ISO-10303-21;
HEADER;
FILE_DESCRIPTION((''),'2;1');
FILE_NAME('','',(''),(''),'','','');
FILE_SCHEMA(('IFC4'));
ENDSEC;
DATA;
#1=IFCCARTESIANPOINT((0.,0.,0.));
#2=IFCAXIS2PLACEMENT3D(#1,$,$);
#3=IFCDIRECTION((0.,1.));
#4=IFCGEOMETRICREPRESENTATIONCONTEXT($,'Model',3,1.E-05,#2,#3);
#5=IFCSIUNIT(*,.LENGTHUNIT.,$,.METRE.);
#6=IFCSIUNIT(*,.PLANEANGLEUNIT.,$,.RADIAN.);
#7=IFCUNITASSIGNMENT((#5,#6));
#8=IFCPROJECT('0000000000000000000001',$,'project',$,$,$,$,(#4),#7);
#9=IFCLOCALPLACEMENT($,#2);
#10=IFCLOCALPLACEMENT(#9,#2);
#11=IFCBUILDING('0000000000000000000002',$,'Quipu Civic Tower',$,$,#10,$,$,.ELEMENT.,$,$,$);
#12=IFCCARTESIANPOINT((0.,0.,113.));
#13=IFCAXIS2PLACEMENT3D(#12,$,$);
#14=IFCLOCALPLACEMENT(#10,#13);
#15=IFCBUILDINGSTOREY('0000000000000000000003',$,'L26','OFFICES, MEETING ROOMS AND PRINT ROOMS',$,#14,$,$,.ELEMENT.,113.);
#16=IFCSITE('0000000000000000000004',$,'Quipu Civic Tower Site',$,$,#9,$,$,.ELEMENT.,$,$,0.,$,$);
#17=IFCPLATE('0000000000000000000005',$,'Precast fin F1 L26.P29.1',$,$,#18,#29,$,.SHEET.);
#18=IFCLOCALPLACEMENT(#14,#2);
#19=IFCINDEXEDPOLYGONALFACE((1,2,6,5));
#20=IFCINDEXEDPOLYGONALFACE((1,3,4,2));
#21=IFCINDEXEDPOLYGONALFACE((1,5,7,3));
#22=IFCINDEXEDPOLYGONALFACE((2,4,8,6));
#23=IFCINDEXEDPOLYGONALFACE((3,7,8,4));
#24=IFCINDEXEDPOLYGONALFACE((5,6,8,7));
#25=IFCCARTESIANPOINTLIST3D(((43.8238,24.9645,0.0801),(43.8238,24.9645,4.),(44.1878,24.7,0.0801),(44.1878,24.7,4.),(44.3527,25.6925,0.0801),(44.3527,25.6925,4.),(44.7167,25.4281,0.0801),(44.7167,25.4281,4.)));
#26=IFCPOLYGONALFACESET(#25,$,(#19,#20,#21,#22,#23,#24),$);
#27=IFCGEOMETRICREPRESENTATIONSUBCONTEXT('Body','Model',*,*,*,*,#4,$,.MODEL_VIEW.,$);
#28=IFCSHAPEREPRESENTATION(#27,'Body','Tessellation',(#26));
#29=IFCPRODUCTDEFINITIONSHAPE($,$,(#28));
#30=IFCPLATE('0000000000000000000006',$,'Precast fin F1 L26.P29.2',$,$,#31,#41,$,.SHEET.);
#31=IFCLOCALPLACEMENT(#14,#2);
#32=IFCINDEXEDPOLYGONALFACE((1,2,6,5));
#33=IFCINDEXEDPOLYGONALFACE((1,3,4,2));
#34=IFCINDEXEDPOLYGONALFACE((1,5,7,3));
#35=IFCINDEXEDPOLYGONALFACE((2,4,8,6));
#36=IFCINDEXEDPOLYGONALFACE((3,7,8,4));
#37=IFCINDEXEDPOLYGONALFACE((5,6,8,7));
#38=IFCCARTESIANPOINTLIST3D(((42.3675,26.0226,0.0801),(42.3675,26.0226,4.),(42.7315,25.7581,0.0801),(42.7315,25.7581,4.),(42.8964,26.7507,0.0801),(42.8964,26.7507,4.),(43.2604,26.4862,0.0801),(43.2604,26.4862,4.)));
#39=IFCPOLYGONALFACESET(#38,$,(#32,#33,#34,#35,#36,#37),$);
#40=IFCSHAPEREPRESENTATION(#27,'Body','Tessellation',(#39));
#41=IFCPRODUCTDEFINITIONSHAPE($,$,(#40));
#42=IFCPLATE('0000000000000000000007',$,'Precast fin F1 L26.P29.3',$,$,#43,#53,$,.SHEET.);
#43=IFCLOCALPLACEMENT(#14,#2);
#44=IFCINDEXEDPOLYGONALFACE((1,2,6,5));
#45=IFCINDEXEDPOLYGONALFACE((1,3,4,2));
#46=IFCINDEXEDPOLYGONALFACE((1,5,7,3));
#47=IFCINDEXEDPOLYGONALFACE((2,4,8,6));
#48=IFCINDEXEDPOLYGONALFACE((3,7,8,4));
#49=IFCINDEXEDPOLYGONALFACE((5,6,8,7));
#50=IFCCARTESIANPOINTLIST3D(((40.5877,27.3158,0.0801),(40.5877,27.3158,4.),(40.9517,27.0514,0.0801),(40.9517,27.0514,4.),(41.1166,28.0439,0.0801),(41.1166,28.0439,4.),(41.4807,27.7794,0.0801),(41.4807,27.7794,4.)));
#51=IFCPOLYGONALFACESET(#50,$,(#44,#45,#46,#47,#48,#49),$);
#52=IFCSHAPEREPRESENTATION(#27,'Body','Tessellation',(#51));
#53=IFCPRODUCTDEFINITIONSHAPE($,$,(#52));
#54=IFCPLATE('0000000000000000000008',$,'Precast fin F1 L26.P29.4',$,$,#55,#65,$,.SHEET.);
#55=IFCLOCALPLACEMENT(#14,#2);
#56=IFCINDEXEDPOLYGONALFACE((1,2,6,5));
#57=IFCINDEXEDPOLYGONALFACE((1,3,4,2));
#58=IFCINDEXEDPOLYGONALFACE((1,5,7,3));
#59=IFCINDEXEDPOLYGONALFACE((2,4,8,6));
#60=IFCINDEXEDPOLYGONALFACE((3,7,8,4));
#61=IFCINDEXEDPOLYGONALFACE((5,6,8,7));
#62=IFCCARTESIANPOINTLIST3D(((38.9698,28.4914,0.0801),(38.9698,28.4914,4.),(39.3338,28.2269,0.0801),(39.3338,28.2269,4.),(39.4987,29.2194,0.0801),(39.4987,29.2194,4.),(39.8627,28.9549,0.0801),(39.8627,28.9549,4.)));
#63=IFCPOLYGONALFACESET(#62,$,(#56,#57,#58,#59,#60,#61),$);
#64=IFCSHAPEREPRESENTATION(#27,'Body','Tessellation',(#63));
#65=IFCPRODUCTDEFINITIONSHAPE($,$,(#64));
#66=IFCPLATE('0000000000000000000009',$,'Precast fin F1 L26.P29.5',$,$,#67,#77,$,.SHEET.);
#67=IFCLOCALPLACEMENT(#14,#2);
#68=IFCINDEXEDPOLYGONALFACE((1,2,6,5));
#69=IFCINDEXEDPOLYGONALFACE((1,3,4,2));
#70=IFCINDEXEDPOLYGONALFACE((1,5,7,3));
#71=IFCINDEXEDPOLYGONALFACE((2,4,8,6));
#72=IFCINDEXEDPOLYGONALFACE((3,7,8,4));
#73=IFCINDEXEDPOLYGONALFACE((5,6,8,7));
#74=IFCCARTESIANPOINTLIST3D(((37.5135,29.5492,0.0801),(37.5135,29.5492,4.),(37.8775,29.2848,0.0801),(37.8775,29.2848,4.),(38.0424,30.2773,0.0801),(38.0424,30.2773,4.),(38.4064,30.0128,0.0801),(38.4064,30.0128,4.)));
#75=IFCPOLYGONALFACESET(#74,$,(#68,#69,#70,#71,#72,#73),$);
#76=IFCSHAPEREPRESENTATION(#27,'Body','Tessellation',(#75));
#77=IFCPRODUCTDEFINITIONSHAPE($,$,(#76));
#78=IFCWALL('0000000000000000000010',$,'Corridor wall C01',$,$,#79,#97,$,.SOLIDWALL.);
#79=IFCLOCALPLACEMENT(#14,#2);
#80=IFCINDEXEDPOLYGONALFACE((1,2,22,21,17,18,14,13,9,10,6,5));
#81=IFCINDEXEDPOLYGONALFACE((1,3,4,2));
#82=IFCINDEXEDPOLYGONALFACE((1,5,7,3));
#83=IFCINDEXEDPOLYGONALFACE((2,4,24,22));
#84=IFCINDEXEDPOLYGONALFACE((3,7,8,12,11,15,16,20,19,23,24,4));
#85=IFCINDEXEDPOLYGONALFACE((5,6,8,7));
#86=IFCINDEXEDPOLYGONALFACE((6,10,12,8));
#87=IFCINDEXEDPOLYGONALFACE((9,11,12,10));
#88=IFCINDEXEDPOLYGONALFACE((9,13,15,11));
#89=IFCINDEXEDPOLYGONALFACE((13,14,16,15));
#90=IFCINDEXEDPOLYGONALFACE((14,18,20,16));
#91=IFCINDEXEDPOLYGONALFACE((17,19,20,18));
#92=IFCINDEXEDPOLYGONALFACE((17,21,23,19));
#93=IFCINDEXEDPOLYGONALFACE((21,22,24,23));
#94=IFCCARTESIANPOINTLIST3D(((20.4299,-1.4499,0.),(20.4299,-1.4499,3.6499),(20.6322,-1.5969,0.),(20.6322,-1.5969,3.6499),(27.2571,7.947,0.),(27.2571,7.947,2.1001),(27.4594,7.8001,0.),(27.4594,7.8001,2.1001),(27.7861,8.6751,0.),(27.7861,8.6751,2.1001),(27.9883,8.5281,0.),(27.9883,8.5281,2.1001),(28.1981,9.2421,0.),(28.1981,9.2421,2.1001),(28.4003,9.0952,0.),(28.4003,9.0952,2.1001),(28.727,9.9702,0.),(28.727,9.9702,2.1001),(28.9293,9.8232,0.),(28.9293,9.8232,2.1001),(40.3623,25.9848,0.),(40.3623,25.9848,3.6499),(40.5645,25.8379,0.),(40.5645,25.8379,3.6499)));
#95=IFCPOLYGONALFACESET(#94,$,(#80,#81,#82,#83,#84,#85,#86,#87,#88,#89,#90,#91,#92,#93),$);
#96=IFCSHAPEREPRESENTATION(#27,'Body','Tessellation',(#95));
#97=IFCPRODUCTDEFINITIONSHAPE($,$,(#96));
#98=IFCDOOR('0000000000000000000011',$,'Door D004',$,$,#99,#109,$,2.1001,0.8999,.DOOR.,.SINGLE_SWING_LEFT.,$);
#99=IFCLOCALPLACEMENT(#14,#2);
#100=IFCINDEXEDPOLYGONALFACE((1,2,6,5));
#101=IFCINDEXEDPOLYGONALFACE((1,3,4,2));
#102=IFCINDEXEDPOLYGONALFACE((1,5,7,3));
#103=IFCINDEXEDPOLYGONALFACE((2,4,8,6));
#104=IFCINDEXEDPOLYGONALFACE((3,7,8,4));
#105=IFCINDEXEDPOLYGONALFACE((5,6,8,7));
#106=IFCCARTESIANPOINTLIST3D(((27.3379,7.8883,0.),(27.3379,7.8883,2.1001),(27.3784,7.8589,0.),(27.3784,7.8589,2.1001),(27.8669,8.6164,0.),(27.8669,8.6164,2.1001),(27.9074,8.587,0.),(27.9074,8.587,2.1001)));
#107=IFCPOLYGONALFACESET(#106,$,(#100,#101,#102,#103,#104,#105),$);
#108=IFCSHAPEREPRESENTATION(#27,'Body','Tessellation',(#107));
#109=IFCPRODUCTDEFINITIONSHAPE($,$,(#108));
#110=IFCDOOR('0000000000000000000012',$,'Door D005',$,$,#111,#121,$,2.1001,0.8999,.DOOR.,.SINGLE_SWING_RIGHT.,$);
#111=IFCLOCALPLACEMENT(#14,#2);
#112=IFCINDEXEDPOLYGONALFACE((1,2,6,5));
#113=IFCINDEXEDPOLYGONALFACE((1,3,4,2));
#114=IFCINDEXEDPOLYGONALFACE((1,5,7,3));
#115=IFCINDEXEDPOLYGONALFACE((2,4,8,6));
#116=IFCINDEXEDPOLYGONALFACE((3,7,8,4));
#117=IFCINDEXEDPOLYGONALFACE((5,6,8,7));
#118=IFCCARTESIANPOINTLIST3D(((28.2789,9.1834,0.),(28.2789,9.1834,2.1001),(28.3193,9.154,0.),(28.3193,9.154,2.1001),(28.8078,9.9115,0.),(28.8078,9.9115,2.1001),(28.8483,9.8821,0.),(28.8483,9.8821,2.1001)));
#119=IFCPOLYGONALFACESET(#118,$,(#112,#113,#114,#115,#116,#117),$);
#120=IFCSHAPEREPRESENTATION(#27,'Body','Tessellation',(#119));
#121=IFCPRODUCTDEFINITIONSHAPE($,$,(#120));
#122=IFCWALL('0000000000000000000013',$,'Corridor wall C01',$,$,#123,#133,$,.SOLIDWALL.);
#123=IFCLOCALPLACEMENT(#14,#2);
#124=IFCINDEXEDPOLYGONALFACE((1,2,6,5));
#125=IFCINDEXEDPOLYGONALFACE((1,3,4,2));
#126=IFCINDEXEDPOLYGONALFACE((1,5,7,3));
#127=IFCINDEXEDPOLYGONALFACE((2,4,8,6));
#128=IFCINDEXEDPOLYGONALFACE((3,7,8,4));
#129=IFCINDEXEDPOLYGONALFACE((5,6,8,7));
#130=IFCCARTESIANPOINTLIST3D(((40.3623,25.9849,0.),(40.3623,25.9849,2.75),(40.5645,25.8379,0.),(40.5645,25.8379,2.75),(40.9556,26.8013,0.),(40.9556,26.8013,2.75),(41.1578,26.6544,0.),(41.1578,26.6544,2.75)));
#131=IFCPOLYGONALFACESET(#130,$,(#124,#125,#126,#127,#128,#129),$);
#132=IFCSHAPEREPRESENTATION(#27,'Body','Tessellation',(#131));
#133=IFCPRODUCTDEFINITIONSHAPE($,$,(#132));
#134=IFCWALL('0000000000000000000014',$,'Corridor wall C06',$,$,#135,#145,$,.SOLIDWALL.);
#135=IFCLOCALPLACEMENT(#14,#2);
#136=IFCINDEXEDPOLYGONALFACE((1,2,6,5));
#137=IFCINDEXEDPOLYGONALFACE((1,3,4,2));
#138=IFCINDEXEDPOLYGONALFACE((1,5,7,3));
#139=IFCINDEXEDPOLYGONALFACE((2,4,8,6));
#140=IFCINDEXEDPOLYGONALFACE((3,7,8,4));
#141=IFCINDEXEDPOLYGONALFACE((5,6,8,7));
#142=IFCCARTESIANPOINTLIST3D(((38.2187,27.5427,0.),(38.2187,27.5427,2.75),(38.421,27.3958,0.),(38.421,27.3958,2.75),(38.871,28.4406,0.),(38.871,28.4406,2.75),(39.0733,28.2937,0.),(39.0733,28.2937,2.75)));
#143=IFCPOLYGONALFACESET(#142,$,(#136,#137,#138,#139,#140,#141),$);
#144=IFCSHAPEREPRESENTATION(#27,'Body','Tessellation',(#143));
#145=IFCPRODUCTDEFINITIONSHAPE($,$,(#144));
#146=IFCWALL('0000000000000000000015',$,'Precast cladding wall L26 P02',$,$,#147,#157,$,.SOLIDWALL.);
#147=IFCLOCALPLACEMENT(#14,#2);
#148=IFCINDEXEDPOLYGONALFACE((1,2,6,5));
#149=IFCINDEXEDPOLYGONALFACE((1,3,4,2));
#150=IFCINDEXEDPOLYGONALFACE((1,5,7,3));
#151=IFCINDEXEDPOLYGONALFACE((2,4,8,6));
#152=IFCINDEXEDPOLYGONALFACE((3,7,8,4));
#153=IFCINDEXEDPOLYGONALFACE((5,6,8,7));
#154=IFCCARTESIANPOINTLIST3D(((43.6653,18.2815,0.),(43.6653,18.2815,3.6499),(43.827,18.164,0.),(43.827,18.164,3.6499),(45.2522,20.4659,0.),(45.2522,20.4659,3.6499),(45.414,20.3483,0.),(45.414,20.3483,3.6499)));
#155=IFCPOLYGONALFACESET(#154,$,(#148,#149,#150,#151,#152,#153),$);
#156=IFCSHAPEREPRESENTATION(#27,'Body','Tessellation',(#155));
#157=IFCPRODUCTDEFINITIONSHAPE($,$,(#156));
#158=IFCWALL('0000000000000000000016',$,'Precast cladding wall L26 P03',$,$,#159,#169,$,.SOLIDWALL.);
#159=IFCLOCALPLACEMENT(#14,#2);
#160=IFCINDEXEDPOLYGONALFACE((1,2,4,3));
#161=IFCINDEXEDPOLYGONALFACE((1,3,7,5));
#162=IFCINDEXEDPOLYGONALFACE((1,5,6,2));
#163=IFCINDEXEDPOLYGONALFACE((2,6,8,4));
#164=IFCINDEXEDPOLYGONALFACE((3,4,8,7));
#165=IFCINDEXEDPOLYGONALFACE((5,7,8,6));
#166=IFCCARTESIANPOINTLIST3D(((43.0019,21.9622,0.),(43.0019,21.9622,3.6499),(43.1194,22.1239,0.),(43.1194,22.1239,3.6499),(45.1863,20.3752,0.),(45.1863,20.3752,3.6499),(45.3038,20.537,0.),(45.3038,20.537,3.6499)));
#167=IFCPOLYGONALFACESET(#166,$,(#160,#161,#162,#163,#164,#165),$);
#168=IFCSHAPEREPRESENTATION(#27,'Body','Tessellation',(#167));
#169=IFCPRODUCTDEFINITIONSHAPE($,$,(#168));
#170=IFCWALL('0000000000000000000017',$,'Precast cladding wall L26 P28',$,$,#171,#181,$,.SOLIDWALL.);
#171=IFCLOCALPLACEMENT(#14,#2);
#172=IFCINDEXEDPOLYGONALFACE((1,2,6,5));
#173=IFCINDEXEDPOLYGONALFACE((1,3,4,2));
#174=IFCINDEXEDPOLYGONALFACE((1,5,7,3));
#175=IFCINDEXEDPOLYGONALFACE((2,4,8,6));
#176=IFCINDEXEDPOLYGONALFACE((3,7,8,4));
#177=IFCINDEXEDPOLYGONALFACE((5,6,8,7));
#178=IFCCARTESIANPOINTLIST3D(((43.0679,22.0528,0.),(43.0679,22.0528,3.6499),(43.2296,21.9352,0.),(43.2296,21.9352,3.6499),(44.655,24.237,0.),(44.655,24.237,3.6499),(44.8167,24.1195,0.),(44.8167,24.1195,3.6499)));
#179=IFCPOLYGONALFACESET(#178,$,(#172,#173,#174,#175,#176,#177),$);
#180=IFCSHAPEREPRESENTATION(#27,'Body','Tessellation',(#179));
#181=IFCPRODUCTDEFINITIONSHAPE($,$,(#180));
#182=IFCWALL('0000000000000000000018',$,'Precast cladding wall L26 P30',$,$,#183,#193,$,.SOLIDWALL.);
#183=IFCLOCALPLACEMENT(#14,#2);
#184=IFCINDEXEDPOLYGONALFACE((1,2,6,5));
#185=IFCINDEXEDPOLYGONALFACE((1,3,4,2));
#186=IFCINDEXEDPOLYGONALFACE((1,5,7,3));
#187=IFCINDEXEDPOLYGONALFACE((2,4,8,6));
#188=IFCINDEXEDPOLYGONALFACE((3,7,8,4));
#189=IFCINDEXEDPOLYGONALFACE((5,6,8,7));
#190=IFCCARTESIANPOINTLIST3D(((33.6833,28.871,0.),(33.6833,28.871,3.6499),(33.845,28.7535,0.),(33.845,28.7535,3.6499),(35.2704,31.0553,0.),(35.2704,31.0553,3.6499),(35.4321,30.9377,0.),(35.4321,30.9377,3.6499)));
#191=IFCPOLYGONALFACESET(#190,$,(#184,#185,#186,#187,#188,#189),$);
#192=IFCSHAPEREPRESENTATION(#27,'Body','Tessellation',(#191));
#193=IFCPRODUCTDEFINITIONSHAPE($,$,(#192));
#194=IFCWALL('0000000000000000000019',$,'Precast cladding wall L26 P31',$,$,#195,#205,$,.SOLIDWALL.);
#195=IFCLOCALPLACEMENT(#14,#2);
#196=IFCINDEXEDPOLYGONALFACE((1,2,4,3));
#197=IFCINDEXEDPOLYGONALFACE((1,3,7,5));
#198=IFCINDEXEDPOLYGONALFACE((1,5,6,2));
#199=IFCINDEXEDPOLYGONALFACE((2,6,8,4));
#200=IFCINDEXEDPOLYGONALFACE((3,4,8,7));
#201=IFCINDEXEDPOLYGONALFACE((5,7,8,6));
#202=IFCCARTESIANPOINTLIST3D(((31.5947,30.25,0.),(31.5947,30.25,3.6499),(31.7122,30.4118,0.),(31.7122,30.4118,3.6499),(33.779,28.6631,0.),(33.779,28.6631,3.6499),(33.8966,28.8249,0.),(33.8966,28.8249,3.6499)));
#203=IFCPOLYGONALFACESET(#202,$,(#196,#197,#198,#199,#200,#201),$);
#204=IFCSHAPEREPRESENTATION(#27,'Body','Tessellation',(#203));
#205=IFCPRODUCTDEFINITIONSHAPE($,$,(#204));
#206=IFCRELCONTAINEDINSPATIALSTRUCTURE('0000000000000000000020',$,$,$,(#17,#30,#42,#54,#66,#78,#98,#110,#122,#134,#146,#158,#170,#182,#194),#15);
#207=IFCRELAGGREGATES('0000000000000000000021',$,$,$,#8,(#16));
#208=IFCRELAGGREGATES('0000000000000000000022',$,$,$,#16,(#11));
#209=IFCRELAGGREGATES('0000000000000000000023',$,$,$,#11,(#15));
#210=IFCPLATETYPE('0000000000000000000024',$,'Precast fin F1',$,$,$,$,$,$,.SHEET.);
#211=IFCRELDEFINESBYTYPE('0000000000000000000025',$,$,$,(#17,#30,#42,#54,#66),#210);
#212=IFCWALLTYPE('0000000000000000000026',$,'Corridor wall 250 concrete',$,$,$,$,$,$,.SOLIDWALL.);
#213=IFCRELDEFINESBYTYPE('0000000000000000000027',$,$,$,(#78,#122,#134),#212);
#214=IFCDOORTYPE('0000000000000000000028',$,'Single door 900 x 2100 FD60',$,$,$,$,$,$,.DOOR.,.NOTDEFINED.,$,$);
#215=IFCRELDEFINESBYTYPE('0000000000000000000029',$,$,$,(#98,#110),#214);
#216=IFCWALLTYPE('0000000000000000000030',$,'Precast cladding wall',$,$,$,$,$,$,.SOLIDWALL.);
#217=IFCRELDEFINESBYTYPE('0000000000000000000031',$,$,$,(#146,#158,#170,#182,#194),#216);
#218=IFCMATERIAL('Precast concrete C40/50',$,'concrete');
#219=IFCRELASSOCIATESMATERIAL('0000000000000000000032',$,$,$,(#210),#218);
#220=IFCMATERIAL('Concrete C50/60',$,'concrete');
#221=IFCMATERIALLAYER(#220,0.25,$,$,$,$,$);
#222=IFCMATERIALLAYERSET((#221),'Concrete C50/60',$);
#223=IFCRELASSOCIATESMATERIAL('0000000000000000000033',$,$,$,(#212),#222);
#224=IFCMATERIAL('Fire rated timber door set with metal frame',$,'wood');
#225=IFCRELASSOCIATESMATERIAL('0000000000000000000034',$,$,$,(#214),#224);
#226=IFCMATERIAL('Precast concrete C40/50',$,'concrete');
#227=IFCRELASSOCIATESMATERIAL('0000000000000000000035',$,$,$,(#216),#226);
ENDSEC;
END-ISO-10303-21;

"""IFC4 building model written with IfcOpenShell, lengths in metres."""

from ifc_helpers import new_model, si_unit, direction, frame, frame_2d, origin, origin_2d, place, context, subcontext, project, spatial, rectangle, extrude, material, layer, layer_set, type_object, element, fill, save


model = new_model("IFC4")

# Units and contexts
model_context = context("Model", 3, precision=1e-05, world=origin(), true_north=direction((0.0, 1.0)))
body_context = subcontext(model_context, "Body", "Model", "MODEL_VIEW")
ifc_project = project(units=[si_unit("LENGTHUNIT", "METRE"), si_unit("PLANEANGLEUNIT", "RADIAN")], contexts=[model_context])

# Site, building, storey
site_placement = place(None, origin())
site = spatial("IfcSite", under=ifc_project, at=site_placement, Name="Quipu Civic Tower Site", CompositionType="ELEMENT", RefElevation=0.0)
building_placement = place(site_placement, origin())
building = spatial("IfcBuilding", under=site, at=building_placement, Name="Quipu Civic Tower", CompositionType="ELEMENT")
storey_placement = place(building_placement, frame((0.0, 0.0, 113.0)))
storey = spatial("IfcBuildingStorey", under=building, at=storey_placement, Name="L26", Description="OFFICES, MEETING ROOMS AND PRINT ROOMS", CompositionType="ELEMENT", Elevation=113.0)

# Plates
ifc_material_1 = material(Name="Precast concrete C40/50", Category="concrete")
plate_type_1 = type_object("IfcPlateType", Name="Precast fin F1", PredefinedType="SHEET", material=ifc_material_1)
for number, where, z_axis, x_axis, name in (
    (1, (44.2703, 25.1963, 0.0801), (0.0, 0.0, 1.0), (-0.809017, 0.587785, 0.0), "Precast fin F1 L26.P29.1"),
    (2, (42.814, 26.2544, 0.0801), (0.0, 0.0, 1.0), (-0.809017, 0.587785, 0.0), "Precast fin F1 L26.P29.2"),
    (3, (41.0342, 27.5476, 0.0801), (0.0, 0.0, 1.0), (-0.809017, 0.587785, 0.0), "Precast fin F1 L26.P29.3"),
    (4, (39.4163, 28.7231, 0.0801), (0.0, 0.0, 1.0), (-0.809017, 0.587785, 0.0), "Precast fin F1 L26.P29.4"),
    (5, (37.96, 29.781, 0.0801), (0.0, 0.0, 1.0), (-0.809017, 0.587785, 0.0), "Precast fin F1 L26.P29.5"),
):
    element("IfcPlate", number, at=place(storey_placement, frame(where, z_axis=z_axis, x_axis=x_axis)), inside=storey, type_object=plate_type_1, Name=name, PredefinedType="SHEET", context=body_context, shape_type="SweptSolid", body=[
        extrude(rectangle(XDim=0.45, YDim=0.8999, at=origin_2d()), origin(), (0.0, 0.0, 1.0), 3.9199),
    ])

# Wall, openings, doors
ifc_material_2 = material(Name="Concrete C50/60", Category="concrete")
ifc_layer_1 = layer(ifc_material_2, 0.25)
ifc_layer_set_1 = layer_set([ifc_layer_1], Name="Concrete C50/60")
wall_type_1 = type_object("IfcWallType", Name="Corridor wall 250 concrete", PredefinedType="SOLIDWALL", material=ifc_layer_set_1)
wall_1_placement = place(storey_placement, frame((40.4634, 25.9114, 0.0), z_axis=(0.0, 0.0, 1.0), x_axis=(-0.587782, -0.80902, 0.0)))
wall_1 = element("IfcWall", 6, at=wall_1_placement, inside=storey, type_object=wall_type_1, Name="Corridor wall C01", PredefinedType="SOLIDWALL", context=body_context, shape_type="SweptSolid", body=[
    extrude(rectangle(XDim=33.9111, YDim=0.25, at=frame_2d((16.9556, 0.0))), origin(), (0.0, 0.0, 1.0), 3.6499),
])
opening_1_placement = place(wall_1_placement, frame((21.396, 0.0, 0.0)))
opening_1 = element("IfcOpeningElement", 7, at=opening_1_placement, cuts=wall_1, PredefinedType="OPENING", context=body_context, shape_type="SweptSolid", body=[
    extrude(rectangle(XDim=0.8999, YDim=2.1001, at=frame_2d((0.45, 1.05))), frame((0.0, 0.135, 0.0), z_axis=(0.0, -1.0, 0.0), x_axis=(1.0, 0.0, 0.0)), (0.0, 0.0, 1.0), 0.27),
])
opening_2_placement = place(wall_1_placement, frame((19.7952, 0.0, 0.0)))
opening_2 = element("IfcOpeningElement", 8, at=opening_2_placement, cuts=wall_1, PredefinedType="OPENING", context=body_context, shape_type="SweptSolid", body=[
    extrude(rectangle(XDim=0.8999, YDim=2.1001, at=frame_2d((0.45, 1.05))), frame((0.0, 0.135, 0.0), z_axis=(0.0, -1.0, 0.0), x_axis=(1.0, 0.0, 0.0)), (0.0, 0.0, 1.0), 0.27),
])
ifc_material_3 = material(Name="Fire rated timber door set with metal frame", Category="wood")
door_type = type_object("IfcDoorType", Name="Single door 900 x 2100 FD60", OperationType="NOTDEFINED", PredefinedType="DOOR", material=ifc_material_3)
door_1_placement = place(opening_1_placement, origin())
door_1 = element("IfcDoor", 9, at=door_1_placement, inside=storey, type_object=door_type, Name="Door D004", OperationType="SINGLE_SWING_LEFT", OverallHeight=2.1001, OverallWidth=0.8999, PredefinedType="DOOR", context=body_context, shape_type="SweptSolid", body=[
    extrude(rectangle(XDim=0.8999, YDim=2.1001, at=frame_2d((0.45, 1.05))), frame((0.0, 0.0249, 0.0), z_axis=(0.0, -1.0, 0.0), x_axis=(1.0, 0.0, 0.0)), (0.0, 0.0, 1.0), 0.05),
])
fill(opening_1, door_1)
door_2_placement = place(opening_2_placement, origin())
door_2 = element("IfcDoor", 10, at=door_2_placement, inside=storey, type_object=door_type, Name="Door D005", OperationType="SINGLE_SWING_RIGHT", OverallHeight=2.1001, OverallWidth=0.8999, PredefinedType="DOOR", context=body_context, shape_type="SweptSolid", body=[
    extrude(rectangle(XDim=0.8999, YDim=2.1001, at=frame_2d((0.45, 1.05))), frame((0.0, 0.0249, 0.0), z_axis=(0.0, -1.0, 0.0), x_axis=(1.0, 0.0, 0.0)), (0.0, 0.0, 1.0), 0.05),
])
fill(opening_2, door_2)

# Walls
wall_2_placement = place(storey_placement, frame((40.4634, 25.9114, 0.0), z_axis=(0.0, 0.0, 1.0), x_axis=(0.587855, 0.808966, 0.0)))
element("IfcWall", 11, at=wall_2_placement, inside=storey, type_object=wall_type_1, Name="Corridor wall C01", PredefinedType="SOLIDWALL", context=body_context, shape_type="SweptSolid", body=[
    extrude(rectangle(XDim=1.0093, YDim=0.25, at=frame_2d((0.5046, 0.0))), origin(), (0.0, 0.0, 1.0), 2.75),
])
wall_3_placement = place(storey_placement, frame((38.3198, 27.4692, 0.0), z_axis=(0.0, 0.0, 1.0), x_axis=(0.587753, 0.80904, 0.0)))
element("IfcWall", 12, at=wall_3_placement, inside=storey, type_object=wall_type_1, Name="Corridor wall C06", PredefinedType="SOLIDWALL", context=body_context, shape_type="SweptSolid", body=[
    extrude(rectangle(XDim=1.1099, YDim=0.25, at=frame_2d((0.5549, 0.0))), origin(), (0.0, 0.0, 1.0), 2.75),
])
ifc_material_4 = material(Name="Precast concrete C40/50", Category="concrete")
wall_type_2 = type_object("IfcWallType", Name="Precast cladding wall", PredefinedType="SOLIDWALL", material=ifc_material_4)
for number, where, z_axis, x_axis, name in (
    (13, (43.7461, 18.2227, 0.0), (0.0, 0.0, 1.0), (0.587763, 0.809033, 0.0), "Precast cladding wall L26 P02"),
    (14, (45.2451, 20.4561, 0.0), (0.0, 0.0, 1.0), (-0.809033, 0.587763, 0.0), "Precast cladding wall L26 P03"),
    (15, (43.1487, 21.9939, 0.0), (0.0, 0.0, 1.0), (0.587822, 0.80899, 0.0), "Precast cladding wall L26 P28"),
    (16, (35.3513, 30.9966, 0.0), (0.0, 0.0, 1.0), (-0.587822, -0.80899, 0.0), "Precast cladding wall L26 P30"),
    (17, (33.8379, 28.7439, 0.0), (0.0, 0.0, 1.0), (-0.809033, 0.587763, 0.0), "Precast cladding wall L26 P31"),
):
    element("IfcWall", number, at=place(storey_placement, frame(where, z_axis=z_axis, x_axis=x_axis)), inside=storey, type_object=wall_type_2, Name=name, PredefinedType="SOLIDWALL", context=body_context, shape_type="SweptSolid", body=[
        extrude(rectangle(XDim=2.7, YDim=0.2, at=frame_2d((1.3501, 0.0))), origin(), (0.0, 0.0, 1.0), 3.6499),
    ])

save(model, "model.ifc")
